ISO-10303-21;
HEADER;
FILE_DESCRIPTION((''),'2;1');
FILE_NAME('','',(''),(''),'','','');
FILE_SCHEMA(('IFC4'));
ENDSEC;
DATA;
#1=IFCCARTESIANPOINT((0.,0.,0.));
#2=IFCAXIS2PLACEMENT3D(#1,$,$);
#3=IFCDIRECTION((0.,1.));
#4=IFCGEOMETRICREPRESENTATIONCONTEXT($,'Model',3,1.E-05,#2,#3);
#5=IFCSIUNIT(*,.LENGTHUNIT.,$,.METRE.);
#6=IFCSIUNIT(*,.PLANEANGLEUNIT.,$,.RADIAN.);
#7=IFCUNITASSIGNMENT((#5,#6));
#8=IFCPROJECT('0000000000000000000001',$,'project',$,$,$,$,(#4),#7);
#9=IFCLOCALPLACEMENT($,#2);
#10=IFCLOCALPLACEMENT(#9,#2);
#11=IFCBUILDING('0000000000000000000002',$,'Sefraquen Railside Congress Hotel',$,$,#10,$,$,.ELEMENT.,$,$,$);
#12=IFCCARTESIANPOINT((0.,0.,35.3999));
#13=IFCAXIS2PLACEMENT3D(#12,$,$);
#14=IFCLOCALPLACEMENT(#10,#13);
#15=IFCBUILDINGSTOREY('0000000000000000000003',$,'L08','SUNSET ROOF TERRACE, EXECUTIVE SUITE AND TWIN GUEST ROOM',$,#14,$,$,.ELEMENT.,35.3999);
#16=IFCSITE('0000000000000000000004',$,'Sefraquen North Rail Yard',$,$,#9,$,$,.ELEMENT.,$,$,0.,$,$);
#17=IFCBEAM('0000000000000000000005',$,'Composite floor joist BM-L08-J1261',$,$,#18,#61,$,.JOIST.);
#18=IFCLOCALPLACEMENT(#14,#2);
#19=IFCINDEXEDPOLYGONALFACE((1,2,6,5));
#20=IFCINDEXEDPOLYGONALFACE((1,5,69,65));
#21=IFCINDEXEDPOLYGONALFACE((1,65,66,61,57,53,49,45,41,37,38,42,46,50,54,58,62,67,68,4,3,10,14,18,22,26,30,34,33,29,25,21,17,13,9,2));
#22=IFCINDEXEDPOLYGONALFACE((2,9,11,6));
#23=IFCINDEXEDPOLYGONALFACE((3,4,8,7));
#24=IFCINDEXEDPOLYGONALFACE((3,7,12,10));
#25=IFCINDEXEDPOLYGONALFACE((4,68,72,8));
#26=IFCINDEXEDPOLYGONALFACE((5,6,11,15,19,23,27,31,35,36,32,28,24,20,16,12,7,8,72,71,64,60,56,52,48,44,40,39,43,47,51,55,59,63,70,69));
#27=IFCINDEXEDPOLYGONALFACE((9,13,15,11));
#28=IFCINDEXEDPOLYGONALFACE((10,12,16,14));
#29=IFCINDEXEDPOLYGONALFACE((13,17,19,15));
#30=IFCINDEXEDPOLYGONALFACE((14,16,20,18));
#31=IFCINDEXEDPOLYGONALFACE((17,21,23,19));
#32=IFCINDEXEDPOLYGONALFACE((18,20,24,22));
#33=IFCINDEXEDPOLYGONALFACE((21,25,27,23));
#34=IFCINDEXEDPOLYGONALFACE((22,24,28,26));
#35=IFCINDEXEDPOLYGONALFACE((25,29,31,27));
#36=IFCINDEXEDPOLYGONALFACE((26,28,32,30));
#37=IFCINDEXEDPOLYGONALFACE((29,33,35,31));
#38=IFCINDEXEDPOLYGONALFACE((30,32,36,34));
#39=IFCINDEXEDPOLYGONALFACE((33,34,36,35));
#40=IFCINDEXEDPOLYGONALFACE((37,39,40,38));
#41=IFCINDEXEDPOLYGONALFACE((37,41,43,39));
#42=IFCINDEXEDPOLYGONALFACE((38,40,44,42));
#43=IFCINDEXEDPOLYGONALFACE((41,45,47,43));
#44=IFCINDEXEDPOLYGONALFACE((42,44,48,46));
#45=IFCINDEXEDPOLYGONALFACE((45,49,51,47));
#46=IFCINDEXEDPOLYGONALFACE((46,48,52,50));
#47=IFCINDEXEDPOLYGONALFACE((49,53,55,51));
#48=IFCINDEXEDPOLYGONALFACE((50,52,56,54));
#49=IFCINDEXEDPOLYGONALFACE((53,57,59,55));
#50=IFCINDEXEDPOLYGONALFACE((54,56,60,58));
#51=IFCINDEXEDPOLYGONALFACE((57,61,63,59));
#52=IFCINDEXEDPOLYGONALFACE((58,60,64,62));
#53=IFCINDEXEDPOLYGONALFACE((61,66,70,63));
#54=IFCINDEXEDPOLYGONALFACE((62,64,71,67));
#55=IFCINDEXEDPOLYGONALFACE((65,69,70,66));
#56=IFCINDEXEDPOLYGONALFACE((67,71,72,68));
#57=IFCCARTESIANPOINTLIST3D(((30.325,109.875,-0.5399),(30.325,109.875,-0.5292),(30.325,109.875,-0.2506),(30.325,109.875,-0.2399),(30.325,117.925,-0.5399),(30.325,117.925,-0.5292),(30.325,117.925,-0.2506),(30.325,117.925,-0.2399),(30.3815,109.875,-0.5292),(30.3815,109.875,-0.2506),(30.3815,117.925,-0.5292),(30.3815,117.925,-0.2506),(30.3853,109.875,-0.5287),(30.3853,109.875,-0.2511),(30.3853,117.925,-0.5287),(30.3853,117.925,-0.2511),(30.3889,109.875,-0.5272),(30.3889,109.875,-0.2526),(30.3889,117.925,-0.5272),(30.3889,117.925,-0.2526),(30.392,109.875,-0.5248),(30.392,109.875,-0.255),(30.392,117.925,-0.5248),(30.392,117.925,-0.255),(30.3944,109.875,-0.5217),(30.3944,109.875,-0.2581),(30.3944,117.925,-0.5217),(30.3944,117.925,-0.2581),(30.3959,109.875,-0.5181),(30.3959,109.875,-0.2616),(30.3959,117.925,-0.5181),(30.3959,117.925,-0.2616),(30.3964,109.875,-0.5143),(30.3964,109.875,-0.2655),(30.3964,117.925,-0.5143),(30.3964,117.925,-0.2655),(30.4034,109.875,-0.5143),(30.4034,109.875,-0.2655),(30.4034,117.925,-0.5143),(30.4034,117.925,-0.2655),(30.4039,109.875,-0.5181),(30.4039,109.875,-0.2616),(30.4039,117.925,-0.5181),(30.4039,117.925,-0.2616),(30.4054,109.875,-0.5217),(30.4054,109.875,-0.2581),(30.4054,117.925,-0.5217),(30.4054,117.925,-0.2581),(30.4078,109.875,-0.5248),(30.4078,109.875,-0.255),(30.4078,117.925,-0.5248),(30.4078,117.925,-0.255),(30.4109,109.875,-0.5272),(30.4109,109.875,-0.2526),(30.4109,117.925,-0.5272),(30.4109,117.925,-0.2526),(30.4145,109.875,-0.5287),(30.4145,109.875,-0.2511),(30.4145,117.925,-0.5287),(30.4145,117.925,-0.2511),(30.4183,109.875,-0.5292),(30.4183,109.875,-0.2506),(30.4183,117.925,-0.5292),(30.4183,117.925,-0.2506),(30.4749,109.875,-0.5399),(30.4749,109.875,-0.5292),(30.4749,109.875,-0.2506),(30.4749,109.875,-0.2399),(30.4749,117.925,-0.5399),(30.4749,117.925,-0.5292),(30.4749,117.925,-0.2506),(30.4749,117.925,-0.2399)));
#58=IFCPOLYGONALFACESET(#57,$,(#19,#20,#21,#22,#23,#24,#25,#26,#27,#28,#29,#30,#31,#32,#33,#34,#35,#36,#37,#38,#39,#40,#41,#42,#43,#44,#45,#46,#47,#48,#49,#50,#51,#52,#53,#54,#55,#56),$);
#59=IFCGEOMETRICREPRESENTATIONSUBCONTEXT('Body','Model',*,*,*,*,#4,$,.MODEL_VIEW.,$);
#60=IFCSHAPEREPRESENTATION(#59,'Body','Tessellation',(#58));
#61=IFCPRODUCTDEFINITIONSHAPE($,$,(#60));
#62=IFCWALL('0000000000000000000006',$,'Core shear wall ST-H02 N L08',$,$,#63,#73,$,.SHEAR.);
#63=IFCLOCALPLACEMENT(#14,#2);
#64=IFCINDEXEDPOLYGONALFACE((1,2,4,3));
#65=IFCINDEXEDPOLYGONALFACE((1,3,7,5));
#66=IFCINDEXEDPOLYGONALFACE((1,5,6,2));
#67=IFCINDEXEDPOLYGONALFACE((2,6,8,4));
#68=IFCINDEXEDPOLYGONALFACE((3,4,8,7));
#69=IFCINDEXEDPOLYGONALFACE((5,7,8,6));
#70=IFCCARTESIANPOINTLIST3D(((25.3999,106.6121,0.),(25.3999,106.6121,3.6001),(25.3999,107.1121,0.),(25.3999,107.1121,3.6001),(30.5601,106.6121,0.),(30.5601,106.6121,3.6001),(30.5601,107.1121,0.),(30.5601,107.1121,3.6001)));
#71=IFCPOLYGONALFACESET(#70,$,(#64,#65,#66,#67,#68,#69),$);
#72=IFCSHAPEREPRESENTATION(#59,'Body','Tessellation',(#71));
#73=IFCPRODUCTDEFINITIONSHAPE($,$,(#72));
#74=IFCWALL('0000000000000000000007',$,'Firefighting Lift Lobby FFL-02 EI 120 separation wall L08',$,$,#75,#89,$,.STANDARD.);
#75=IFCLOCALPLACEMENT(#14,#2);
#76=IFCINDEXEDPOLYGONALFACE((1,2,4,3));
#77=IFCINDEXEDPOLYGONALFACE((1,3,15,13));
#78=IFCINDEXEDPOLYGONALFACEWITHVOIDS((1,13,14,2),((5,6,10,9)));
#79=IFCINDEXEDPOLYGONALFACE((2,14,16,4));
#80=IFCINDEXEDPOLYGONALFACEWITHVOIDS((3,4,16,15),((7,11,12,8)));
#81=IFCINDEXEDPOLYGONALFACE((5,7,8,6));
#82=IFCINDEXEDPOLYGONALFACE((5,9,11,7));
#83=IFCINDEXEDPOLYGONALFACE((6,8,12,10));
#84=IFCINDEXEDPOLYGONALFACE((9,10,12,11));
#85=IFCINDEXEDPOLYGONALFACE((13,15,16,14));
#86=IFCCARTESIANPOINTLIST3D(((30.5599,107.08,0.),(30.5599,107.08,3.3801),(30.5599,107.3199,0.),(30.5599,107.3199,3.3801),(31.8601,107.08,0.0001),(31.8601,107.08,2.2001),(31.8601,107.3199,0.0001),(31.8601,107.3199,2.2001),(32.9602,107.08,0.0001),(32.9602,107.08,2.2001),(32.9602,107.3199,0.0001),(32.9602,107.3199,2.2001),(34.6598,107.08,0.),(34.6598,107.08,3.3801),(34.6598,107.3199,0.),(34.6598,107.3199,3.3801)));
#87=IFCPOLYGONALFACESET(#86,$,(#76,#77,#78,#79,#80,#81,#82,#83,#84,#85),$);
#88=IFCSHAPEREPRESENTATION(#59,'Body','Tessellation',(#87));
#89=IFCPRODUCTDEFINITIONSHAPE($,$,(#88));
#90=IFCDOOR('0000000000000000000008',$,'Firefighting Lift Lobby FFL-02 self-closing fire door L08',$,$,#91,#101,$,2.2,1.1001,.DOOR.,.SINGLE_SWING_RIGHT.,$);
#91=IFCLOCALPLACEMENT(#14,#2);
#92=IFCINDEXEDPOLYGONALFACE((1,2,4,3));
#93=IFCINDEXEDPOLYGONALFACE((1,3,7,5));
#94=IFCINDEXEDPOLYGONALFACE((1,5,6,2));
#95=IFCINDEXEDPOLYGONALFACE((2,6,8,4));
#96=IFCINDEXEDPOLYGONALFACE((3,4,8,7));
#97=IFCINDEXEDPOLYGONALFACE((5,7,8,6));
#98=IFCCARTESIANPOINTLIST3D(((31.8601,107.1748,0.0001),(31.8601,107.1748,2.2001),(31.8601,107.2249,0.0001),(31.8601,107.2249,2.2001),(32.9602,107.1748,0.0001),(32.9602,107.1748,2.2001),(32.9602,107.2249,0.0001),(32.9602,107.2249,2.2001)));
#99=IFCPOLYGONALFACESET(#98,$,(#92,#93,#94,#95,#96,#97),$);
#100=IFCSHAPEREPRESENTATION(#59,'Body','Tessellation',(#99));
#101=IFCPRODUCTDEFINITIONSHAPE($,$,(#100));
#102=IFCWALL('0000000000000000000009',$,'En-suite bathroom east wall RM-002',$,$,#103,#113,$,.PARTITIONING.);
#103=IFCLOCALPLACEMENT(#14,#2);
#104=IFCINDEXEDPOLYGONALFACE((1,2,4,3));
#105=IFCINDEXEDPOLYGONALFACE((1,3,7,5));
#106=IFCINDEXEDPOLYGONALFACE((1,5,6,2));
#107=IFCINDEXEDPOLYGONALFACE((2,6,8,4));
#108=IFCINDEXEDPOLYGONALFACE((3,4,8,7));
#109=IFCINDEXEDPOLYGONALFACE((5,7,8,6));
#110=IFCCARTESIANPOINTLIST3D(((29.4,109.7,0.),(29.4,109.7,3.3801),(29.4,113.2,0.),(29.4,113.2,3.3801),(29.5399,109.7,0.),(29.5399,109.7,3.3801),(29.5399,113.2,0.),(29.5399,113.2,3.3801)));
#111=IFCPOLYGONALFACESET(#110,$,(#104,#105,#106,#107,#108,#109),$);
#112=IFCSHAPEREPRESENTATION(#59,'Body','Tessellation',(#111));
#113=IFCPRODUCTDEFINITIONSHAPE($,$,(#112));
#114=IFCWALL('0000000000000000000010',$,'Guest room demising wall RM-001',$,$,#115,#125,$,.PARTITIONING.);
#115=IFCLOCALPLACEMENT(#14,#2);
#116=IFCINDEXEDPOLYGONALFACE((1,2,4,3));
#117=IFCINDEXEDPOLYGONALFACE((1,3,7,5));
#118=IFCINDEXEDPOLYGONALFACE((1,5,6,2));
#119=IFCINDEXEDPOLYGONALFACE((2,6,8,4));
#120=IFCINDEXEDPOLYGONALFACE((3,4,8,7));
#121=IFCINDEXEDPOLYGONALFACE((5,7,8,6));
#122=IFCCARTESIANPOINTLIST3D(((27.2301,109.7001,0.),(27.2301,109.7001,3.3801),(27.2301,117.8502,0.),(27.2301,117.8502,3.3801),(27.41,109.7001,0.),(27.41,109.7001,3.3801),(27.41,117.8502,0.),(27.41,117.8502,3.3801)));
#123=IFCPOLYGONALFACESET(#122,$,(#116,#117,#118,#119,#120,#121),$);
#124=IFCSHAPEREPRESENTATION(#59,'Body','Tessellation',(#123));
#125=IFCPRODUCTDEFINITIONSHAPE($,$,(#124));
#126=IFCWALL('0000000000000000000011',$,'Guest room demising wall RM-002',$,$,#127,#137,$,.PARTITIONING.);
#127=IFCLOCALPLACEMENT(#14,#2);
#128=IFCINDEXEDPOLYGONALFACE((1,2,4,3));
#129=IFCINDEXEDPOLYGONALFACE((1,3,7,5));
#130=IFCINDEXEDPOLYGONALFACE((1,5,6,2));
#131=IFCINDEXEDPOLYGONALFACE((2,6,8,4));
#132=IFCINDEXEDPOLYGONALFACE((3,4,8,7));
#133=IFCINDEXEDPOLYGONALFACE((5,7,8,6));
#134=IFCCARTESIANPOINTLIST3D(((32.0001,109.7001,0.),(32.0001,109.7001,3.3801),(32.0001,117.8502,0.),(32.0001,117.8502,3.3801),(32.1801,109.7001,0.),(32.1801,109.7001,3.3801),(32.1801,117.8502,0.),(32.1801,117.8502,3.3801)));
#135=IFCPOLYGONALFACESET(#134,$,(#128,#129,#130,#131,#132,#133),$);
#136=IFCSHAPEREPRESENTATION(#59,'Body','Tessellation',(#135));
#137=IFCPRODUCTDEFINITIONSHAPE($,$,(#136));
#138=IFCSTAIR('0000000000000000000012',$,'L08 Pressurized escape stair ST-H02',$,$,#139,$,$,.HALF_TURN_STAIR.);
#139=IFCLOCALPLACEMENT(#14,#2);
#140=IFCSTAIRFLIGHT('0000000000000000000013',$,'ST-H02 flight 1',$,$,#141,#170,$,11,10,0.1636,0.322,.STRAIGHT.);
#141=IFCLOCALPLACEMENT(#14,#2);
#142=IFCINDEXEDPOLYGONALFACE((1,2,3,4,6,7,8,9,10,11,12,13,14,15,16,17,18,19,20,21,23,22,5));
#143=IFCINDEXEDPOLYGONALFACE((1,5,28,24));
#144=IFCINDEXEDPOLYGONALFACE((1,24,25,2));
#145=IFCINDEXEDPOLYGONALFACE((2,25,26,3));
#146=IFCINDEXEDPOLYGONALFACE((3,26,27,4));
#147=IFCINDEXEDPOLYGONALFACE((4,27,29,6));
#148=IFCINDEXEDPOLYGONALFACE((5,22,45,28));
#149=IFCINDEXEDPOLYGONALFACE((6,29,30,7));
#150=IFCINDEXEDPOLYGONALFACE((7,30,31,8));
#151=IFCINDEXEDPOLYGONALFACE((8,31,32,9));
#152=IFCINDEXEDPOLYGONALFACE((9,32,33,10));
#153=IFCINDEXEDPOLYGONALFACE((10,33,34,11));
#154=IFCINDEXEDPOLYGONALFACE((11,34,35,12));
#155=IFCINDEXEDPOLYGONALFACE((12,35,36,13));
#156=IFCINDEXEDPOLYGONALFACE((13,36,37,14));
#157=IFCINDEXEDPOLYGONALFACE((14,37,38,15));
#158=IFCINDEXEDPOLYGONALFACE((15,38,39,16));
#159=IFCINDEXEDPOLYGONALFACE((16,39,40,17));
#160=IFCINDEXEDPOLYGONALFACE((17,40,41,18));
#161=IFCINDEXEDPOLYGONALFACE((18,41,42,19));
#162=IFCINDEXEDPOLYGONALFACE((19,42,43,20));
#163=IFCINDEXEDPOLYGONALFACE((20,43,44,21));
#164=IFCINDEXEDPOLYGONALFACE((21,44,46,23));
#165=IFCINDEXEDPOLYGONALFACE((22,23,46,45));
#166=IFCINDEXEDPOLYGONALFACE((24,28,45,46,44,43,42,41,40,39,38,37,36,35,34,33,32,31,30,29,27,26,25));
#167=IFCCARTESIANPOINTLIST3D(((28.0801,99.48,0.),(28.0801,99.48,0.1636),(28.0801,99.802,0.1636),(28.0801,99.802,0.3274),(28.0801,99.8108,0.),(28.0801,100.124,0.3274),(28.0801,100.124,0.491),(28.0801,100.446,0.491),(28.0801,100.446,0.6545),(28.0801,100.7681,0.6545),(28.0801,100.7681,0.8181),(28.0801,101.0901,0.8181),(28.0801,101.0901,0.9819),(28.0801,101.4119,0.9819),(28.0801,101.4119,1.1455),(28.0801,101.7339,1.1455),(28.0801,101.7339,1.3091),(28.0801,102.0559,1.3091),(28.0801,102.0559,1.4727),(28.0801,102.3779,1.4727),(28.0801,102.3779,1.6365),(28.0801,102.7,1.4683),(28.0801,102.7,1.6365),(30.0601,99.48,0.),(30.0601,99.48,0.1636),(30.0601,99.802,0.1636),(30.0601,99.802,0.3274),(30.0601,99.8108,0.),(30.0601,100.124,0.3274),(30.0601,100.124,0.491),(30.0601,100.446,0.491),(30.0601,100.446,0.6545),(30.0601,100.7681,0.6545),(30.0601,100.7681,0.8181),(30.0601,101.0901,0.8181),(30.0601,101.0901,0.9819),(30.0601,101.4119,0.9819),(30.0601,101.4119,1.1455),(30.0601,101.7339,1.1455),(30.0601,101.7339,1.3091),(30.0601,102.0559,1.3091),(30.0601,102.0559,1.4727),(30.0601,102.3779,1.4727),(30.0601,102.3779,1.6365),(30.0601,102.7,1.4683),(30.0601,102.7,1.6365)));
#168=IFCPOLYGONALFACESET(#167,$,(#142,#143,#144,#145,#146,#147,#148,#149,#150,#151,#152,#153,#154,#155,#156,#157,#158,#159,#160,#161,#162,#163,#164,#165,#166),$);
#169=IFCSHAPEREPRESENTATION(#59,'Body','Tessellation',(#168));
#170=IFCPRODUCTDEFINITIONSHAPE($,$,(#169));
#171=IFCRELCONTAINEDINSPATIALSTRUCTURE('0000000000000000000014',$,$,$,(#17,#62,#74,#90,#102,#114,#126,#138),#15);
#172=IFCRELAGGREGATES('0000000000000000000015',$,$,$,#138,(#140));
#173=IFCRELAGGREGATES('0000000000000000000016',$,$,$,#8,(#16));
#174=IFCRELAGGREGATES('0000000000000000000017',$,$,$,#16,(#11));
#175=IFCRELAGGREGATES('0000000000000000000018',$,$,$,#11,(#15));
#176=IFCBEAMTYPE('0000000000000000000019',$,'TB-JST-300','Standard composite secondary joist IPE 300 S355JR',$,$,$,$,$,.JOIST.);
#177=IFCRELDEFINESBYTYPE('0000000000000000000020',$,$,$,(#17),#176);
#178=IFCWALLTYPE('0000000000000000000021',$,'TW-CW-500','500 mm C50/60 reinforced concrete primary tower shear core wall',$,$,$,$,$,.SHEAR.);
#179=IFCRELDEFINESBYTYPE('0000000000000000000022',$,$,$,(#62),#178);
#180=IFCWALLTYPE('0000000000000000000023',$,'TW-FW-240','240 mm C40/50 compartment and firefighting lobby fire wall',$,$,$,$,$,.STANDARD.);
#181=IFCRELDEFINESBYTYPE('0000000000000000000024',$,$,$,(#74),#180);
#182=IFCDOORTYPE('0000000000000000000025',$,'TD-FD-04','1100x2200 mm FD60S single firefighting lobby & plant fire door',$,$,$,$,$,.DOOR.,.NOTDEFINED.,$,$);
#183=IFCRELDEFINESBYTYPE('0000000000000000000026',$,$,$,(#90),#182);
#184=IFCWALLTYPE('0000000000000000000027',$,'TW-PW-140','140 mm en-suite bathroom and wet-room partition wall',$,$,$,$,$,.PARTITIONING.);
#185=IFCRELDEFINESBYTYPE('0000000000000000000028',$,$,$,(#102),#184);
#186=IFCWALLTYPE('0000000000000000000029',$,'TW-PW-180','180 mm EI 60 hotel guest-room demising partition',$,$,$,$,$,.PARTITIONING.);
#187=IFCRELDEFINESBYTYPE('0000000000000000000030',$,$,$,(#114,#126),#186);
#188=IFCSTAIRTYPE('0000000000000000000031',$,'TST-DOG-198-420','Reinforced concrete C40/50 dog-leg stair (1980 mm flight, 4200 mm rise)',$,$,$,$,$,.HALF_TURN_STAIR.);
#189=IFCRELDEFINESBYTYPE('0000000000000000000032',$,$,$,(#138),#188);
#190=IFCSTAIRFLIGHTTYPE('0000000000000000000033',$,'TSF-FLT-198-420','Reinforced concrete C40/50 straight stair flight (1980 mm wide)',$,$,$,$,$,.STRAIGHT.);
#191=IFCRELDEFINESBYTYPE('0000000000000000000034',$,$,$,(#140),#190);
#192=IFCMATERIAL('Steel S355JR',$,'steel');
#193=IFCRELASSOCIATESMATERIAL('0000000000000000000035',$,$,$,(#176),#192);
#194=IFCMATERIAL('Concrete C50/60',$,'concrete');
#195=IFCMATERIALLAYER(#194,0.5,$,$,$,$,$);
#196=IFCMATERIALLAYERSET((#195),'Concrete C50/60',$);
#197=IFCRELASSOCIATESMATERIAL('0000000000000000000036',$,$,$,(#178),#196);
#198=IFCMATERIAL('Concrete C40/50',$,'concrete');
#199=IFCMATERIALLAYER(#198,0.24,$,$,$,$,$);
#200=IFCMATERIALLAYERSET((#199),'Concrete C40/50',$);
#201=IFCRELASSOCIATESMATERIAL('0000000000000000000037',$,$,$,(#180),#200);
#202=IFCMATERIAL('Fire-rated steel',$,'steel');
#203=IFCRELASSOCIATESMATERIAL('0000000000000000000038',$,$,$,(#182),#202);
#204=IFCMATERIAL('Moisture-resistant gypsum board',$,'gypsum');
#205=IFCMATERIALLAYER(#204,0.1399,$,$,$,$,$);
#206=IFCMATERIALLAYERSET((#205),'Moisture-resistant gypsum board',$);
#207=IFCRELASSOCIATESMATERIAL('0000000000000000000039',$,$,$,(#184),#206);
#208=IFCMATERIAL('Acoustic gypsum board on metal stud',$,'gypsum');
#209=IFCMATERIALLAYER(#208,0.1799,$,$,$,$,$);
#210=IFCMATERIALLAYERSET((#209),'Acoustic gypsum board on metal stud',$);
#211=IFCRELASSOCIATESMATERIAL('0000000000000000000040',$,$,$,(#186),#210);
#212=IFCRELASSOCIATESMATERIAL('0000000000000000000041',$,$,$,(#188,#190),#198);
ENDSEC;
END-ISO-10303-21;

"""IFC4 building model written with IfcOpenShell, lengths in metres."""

from ifc_helpers import new_model, si_unit, direction, frame, frame_2d, origin, origin_2d, place, context, subcontext, project, spatial, polyline, rectangle, i_section, outline, extrude, material, layer, layer_set, material_profile, profile_set, type_object, element, fill, aggregate, save


model = new_model("IFC4")

# Units and contexts
model_context = context("Model", 3, precision=1e-05, world=origin(), true_north=direction((0.0, 1.0)))
body_context = subcontext(model_context, "Body", "Model", "MODEL_VIEW")
ifc_project = project(units=[si_unit("LENGTHUNIT", "METRE"), si_unit("PLANEANGLEUNIT", "RADIAN")], contexts=[model_context])

# Site, building, storey
site_placement = place(None, origin())
site = spatial("IfcSite", under=ifc_project, at=site_placement, Name="Sefraquen North Rail Yard", CompositionType="ELEMENT", RefElevation=0.0)
building_placement = place(site_placement, origin())
building = spatial("IfcBuilding", under=site, at=building_placement, Name="Sefraquen Railside Congress Hotel", CompositionType="ELEMENT")
storey_placement = place(building_placement, frame((0.0, 0.0, 35.3999)))
storey = spatial("IfcBuildingStorey", under=building, at=storey_placement, Name="L08", Description="SUNSET ROOF TERRACE, EXECUTIVE SUITE AND TWIN GUEST ROOM", CompositionType="ELEMENT", Elevation=35.3999)

# Shared definitions
ifc_material_1 = material(Name="Steel S355JR", Category="steel")

# Beam
ifc_material_profile_1 = material_profile(ifc_material_1, i_section(OverallWidth=0.1499, OverallDepth=0.3, WebThickness=0.0071, FlangeThickness=0.0107, FilletRadius=0.0149, at=origin_2d()), Name="IPE 300")
ifc_profile_set_1 = profile_set([ifc_material_profile_1], Name="Steel S355JR")
beam_type_1 = type_object("IfcBeamType", Name="TB-JST-300", Description="Standard composite secondary joist IPE 300 S355JR", PredefinedType="JOIST", material=ifc_profile_set_1)
for number, where, z_axis, x_axis, name in (
    (1, (30.3999, 109.875, -0.3899), (0.0, 1.0, 0.0), (-1.0, 0.0, 0.0), "Composite floor joist BM-L08-J1261"),
):
    element("IfcBeam", number, at=place(storey_placement, frame(where, z_axis=z_axis, x_axis=x_axis)), inside=storey, type_object=beam_type_1, Name=name, PredefinedType="JOIST", context=body_context, shape_type="SweptSolid", body=[
        extrude(i_section(OverallWidth=0.1499, OverallDepth=0.3, WebThickness=0.0071, FlangeThickness=0.0107, FilletRadius=0.0149, at=origin_2d()), origin(), (0.0, 0.0, 1.0), 8.05),
    ])

# Wall
ifc_material_2 = material(Name="Concrete C50/60", Category="concrete")
ifc_layer_1 = layer(ifc_material_2, 0.5)
ifc_layer_set_1 = layer_set([ifc_layer_1], Name="Concrete C50/60")
wall_type_1 = type_object("IfcWallType", Name="TW-CW-500", Description="500 mm C50/60 reinforced concrete primary tower shear core wall", PredefinedType="SHEAR", material=ifc_layer_set_1)
wall_1_placement = place(storey_placement, frame((25.3999, 106.8621, 0.0), z_axis=(0.0, 0.0, 1.0), x_axis=(1.0, 0.0, 0.0)))
element("IfcWall", 2, at=wall_1_placement, inside=storey, type_object=wall_type_1, Name="Core shear wall ST-H02 N L08", PredefinedType="SHEAR", context=body_context, shape_type="SweptSolid", body=[
    extrude(rectangle(XDim=5.1602, YDim=0.5, at=frame_2d((2.5801, 0.0))), origin(), (0.0, 0.0, 1.0), 3.6001),
])

# Wall, opening, door
ifc_material_3 = material(Name="Concrete C40/50", Category="concrete")
ifc_layer_2 = layer(ifc_material_3, 0.24)
ifc_layer_set_2 = layer_set([ifc_layer_2], Name="Concrete C40/50")
wall_type_2 = type_object("IfcWallType", Name="TW-FW-240", Description="240 mm C40/50 compartment and firefighting lobby fire wall", PredefinedType="STANDARD", material=ifc_layer_set_2)
wall_2_placement = place(storey_placement, frame((30.5601, 107.2, 0.0), z_axis=(0.0, 0.0, 1.0), x_axis=(1.0, 0.0, 0.0)))
wall_2 = element("IfcWall", 3, at=wall_2_placement, inside=storey, type_object=wall_type_2, Name="Firefighting Lift Lobby FFL-02 EI 120 separation wall L08", PredefinedType="STANDARD", context=body_context, shape_type="SweptSolid", body=[
    extrude(rectangle(XDim=4.0999, YDim=0.24, at=frame_2d((2.0498, 0.0))), origin(), (0.0, 0.0, 1.0), 3.3801),
])
opening_placement = place(wall_2_placement, frame((1.3, 0.0, 0.0)))
opening = element("IfcOpeningElement", 4, at=opening_placement, cuts=wall_2, PredefinedType="OPENING", context=body_context, shape_type="SweptSolid", body=[
    extrude(rectangle(XDim=1.1001, YDim=2.2, at=frame_2d((0.55, 1.1001))), frame((0.0, 0.1299, 0.0), z_axis=(0.0, -1.0, 0.0), x_axis=(1.0, 0.0, 0.0)), (0.0, 0.0, 1.0), 0.26),
])
ifc_material_4 = material(Name="Fire-rated steel", Category="steel")
door_type = type_object("IfcDoorType", Name="TD-FD-04", Description="1100x2200 mm FD60S single firefighting lobby & plant fire door", OperationType="NOTDEFINED", PredefinedType="DOOR", material=ifc_material_4)
door_placement = place(opening_placement, origin())
door = element("IfcDoor", 5, at=door_placement, inside=storey, type_object=door_type, Name="Firefighting Lift Lobby FFL-02 self-closing fire door L08", OperationType="SINGLE_SWING_RIGHT", OverallHeight=2.2, OverallWidth=1.1001, PredefinedType="DOOR", context=body_context, shape_type="SweptSolid", body=[
    extrude(rectangle(XDim=1.1001, YDim=2.2, at=frame_2d((0.55, 1.1001))), frame((0.0, 0.0249, 0.0), z_axis=(0.0, -1.0, 0.0), x_axis=(1.0, 0.0, 0.0)), (0.0, 0.0, 1.0), 0.05),
])
fill(opening, door)

# Walls
ifc_material_5 = material(Name="Moisture-resistant gypsum board", Category="gypsum")
ifc_layer_3 = layer(ifc_material_5, 0.1399)
ifc_layer_set_3 = layer_set([ifc_layer_3], Name="Moisture-resistant gypsum board")
wall_type_3 = type_object("IfcWallType", Name="TW-PW-140", Description="140 mm en-suite bathroom and wet-room partition wall", PredefinedType="PARTITIONING", material=ifc_layer_set_3)
wall_3_placement = place(storey_placement, frame((29.47, 109.7, 0.0), z_axis=(0.0, 0.0, 1.0), x_axis=(0.0, 1.0, 0.0)))
element("IfcWall", 6, at=wall_3_placement, inside=storey, type_object=wall_type_3, Name="En-suite bathroom east wall RM-002", PredefinedType="PARTITIONING", context=body_context, shape_type="SweptSolid", body=[
    extrude(rectangle(XDim=3.5, YDim=0.1399, at=frame_2d((1.75, 0.0))), origin(), (0.0, 0.0, 1.0), 3.3801),
])
ifc_material_6 = material(Name="Acoustic gypsum board on metal stud", Category="gypsum")
ifc_layer_4 = layer(ifc_material_6, 0.1799)
ifc_layer_set_4 = layer_set([ifc_layer_4], Name="Acoustic gypsum board on metal stud")
wall_type_4 = type_object("IfcWallType", Name="TW-PW-180", Description="180 mm EI 60 hotel guest-room demising partition", PredefinedType="PARTITIONING", material=ifc_layer_set_4)
for number, where, z_axis, x_axis, name in (
    (7, (27.3201, 109.7, 0.0), (0.0, 0.0, 1.0), (0.0, 1.0, 0.0), "Guest room demising wall RM-001"),
    (8, (32.0901, 109.7, 0.0), (0.0, 0.0, 1.0), (0.0, 1.0, 0.0), "Guest room demising wall RM-002"),
):
    element("IfcWall", number, at=place(storey_placement, frame(where, z_axis=z_axis, x_axis=x_axis)), inside=storey, type_object=wall_type_4, Name=name, PredefinedType="PARTITIONING", context=body_context, shape_type="SweptSolid", body=[
        extrude(rectangle(XDim=8.1501, YDim=0.1799, at=frame_2d((4.0752, 0.0))), origin(), (0.0, 0.0, 1.0), 3.3801),
    ])

# Stair, stair flight
stair_type = type_object("IfcStairType", Name="TST-DOG-198-420", Description="Reinforced concrete C40/50 dog-leg stair (1980 mm flight, 4200 mm rise)", PredefinedType="HALF_TURN_STAIR", material=ifc_material_3)
stair_placement = place(storey_placement, origin())
stair = element("IfcStair", 9, at=stair_placement, inside=storey, type_object=stair_type, Name="L08 Pressurized escape stair ST-H02", PredefinedType="HALF_TURN_STAIR")
stair_flight_type = type_object("IfcStairFlightType", Name="TSF-FLT-198-420", Description="Reinforced concrete C40/50 straight stair flight (1980 mm wide)", PredefinedType="STRAIGHT", material=ifc_material_3)
stair_flight_1_placement = place(storey_placement, frame((29.0701, 99.48, 0.0), z_axis=(0.0, 0.0, 1.0), x_axis=(0.0, 1.0, 0.0)))
stair_flight_1 = element("IfcStairFlight", 10, at=stair_flight_1_placement, type_object=stair_flight_type, Name="ST-H02 flight 1", NumberOfRisers=11, NumberOfTreads=10, PredefinedType="STRAIGHT", RiserHeight=0.1636, TreadLength=0.322, context=body_context, shape_type="SweptSolid", body=[
    extrude(outline(polyline([(0.0, 0.0), (0.0, 0.1636), (0.322, 0.1636), (0.322, 0.3274), (0.644, 0.3274), (0.644, 0.491), (0.9661, 0.491), (0.9661, 0.6545), (1.2881, 0.6545), (1.2881, 0.8181), (1.6101, 0.8181), (1.6101, 0.9819), (1.9319, 0.9819), (1.9319, 1.1455), (2.2539, 1.1455), (2.2539, 1.3091), (2.5759, 1.3091), (2.5759, 1.4727), (2.8979, 1.4727), (2.8979, 1.6365), (3.22, 1.6365), (3.22, 1.8), (3.22, 1.4683), (0.3308, 0.0), (0.0, 0.0)])), frame((0.0, 0.99, 0.0), z_axis=(0.0, -1.0, 0.0), x_axis=(1.0, 0.0, 0.0)), (0.0, 0.0, 1.0), 1.98),
])
aggregate(stair, [stair_flight_1])

save(model, "model.ifc")
